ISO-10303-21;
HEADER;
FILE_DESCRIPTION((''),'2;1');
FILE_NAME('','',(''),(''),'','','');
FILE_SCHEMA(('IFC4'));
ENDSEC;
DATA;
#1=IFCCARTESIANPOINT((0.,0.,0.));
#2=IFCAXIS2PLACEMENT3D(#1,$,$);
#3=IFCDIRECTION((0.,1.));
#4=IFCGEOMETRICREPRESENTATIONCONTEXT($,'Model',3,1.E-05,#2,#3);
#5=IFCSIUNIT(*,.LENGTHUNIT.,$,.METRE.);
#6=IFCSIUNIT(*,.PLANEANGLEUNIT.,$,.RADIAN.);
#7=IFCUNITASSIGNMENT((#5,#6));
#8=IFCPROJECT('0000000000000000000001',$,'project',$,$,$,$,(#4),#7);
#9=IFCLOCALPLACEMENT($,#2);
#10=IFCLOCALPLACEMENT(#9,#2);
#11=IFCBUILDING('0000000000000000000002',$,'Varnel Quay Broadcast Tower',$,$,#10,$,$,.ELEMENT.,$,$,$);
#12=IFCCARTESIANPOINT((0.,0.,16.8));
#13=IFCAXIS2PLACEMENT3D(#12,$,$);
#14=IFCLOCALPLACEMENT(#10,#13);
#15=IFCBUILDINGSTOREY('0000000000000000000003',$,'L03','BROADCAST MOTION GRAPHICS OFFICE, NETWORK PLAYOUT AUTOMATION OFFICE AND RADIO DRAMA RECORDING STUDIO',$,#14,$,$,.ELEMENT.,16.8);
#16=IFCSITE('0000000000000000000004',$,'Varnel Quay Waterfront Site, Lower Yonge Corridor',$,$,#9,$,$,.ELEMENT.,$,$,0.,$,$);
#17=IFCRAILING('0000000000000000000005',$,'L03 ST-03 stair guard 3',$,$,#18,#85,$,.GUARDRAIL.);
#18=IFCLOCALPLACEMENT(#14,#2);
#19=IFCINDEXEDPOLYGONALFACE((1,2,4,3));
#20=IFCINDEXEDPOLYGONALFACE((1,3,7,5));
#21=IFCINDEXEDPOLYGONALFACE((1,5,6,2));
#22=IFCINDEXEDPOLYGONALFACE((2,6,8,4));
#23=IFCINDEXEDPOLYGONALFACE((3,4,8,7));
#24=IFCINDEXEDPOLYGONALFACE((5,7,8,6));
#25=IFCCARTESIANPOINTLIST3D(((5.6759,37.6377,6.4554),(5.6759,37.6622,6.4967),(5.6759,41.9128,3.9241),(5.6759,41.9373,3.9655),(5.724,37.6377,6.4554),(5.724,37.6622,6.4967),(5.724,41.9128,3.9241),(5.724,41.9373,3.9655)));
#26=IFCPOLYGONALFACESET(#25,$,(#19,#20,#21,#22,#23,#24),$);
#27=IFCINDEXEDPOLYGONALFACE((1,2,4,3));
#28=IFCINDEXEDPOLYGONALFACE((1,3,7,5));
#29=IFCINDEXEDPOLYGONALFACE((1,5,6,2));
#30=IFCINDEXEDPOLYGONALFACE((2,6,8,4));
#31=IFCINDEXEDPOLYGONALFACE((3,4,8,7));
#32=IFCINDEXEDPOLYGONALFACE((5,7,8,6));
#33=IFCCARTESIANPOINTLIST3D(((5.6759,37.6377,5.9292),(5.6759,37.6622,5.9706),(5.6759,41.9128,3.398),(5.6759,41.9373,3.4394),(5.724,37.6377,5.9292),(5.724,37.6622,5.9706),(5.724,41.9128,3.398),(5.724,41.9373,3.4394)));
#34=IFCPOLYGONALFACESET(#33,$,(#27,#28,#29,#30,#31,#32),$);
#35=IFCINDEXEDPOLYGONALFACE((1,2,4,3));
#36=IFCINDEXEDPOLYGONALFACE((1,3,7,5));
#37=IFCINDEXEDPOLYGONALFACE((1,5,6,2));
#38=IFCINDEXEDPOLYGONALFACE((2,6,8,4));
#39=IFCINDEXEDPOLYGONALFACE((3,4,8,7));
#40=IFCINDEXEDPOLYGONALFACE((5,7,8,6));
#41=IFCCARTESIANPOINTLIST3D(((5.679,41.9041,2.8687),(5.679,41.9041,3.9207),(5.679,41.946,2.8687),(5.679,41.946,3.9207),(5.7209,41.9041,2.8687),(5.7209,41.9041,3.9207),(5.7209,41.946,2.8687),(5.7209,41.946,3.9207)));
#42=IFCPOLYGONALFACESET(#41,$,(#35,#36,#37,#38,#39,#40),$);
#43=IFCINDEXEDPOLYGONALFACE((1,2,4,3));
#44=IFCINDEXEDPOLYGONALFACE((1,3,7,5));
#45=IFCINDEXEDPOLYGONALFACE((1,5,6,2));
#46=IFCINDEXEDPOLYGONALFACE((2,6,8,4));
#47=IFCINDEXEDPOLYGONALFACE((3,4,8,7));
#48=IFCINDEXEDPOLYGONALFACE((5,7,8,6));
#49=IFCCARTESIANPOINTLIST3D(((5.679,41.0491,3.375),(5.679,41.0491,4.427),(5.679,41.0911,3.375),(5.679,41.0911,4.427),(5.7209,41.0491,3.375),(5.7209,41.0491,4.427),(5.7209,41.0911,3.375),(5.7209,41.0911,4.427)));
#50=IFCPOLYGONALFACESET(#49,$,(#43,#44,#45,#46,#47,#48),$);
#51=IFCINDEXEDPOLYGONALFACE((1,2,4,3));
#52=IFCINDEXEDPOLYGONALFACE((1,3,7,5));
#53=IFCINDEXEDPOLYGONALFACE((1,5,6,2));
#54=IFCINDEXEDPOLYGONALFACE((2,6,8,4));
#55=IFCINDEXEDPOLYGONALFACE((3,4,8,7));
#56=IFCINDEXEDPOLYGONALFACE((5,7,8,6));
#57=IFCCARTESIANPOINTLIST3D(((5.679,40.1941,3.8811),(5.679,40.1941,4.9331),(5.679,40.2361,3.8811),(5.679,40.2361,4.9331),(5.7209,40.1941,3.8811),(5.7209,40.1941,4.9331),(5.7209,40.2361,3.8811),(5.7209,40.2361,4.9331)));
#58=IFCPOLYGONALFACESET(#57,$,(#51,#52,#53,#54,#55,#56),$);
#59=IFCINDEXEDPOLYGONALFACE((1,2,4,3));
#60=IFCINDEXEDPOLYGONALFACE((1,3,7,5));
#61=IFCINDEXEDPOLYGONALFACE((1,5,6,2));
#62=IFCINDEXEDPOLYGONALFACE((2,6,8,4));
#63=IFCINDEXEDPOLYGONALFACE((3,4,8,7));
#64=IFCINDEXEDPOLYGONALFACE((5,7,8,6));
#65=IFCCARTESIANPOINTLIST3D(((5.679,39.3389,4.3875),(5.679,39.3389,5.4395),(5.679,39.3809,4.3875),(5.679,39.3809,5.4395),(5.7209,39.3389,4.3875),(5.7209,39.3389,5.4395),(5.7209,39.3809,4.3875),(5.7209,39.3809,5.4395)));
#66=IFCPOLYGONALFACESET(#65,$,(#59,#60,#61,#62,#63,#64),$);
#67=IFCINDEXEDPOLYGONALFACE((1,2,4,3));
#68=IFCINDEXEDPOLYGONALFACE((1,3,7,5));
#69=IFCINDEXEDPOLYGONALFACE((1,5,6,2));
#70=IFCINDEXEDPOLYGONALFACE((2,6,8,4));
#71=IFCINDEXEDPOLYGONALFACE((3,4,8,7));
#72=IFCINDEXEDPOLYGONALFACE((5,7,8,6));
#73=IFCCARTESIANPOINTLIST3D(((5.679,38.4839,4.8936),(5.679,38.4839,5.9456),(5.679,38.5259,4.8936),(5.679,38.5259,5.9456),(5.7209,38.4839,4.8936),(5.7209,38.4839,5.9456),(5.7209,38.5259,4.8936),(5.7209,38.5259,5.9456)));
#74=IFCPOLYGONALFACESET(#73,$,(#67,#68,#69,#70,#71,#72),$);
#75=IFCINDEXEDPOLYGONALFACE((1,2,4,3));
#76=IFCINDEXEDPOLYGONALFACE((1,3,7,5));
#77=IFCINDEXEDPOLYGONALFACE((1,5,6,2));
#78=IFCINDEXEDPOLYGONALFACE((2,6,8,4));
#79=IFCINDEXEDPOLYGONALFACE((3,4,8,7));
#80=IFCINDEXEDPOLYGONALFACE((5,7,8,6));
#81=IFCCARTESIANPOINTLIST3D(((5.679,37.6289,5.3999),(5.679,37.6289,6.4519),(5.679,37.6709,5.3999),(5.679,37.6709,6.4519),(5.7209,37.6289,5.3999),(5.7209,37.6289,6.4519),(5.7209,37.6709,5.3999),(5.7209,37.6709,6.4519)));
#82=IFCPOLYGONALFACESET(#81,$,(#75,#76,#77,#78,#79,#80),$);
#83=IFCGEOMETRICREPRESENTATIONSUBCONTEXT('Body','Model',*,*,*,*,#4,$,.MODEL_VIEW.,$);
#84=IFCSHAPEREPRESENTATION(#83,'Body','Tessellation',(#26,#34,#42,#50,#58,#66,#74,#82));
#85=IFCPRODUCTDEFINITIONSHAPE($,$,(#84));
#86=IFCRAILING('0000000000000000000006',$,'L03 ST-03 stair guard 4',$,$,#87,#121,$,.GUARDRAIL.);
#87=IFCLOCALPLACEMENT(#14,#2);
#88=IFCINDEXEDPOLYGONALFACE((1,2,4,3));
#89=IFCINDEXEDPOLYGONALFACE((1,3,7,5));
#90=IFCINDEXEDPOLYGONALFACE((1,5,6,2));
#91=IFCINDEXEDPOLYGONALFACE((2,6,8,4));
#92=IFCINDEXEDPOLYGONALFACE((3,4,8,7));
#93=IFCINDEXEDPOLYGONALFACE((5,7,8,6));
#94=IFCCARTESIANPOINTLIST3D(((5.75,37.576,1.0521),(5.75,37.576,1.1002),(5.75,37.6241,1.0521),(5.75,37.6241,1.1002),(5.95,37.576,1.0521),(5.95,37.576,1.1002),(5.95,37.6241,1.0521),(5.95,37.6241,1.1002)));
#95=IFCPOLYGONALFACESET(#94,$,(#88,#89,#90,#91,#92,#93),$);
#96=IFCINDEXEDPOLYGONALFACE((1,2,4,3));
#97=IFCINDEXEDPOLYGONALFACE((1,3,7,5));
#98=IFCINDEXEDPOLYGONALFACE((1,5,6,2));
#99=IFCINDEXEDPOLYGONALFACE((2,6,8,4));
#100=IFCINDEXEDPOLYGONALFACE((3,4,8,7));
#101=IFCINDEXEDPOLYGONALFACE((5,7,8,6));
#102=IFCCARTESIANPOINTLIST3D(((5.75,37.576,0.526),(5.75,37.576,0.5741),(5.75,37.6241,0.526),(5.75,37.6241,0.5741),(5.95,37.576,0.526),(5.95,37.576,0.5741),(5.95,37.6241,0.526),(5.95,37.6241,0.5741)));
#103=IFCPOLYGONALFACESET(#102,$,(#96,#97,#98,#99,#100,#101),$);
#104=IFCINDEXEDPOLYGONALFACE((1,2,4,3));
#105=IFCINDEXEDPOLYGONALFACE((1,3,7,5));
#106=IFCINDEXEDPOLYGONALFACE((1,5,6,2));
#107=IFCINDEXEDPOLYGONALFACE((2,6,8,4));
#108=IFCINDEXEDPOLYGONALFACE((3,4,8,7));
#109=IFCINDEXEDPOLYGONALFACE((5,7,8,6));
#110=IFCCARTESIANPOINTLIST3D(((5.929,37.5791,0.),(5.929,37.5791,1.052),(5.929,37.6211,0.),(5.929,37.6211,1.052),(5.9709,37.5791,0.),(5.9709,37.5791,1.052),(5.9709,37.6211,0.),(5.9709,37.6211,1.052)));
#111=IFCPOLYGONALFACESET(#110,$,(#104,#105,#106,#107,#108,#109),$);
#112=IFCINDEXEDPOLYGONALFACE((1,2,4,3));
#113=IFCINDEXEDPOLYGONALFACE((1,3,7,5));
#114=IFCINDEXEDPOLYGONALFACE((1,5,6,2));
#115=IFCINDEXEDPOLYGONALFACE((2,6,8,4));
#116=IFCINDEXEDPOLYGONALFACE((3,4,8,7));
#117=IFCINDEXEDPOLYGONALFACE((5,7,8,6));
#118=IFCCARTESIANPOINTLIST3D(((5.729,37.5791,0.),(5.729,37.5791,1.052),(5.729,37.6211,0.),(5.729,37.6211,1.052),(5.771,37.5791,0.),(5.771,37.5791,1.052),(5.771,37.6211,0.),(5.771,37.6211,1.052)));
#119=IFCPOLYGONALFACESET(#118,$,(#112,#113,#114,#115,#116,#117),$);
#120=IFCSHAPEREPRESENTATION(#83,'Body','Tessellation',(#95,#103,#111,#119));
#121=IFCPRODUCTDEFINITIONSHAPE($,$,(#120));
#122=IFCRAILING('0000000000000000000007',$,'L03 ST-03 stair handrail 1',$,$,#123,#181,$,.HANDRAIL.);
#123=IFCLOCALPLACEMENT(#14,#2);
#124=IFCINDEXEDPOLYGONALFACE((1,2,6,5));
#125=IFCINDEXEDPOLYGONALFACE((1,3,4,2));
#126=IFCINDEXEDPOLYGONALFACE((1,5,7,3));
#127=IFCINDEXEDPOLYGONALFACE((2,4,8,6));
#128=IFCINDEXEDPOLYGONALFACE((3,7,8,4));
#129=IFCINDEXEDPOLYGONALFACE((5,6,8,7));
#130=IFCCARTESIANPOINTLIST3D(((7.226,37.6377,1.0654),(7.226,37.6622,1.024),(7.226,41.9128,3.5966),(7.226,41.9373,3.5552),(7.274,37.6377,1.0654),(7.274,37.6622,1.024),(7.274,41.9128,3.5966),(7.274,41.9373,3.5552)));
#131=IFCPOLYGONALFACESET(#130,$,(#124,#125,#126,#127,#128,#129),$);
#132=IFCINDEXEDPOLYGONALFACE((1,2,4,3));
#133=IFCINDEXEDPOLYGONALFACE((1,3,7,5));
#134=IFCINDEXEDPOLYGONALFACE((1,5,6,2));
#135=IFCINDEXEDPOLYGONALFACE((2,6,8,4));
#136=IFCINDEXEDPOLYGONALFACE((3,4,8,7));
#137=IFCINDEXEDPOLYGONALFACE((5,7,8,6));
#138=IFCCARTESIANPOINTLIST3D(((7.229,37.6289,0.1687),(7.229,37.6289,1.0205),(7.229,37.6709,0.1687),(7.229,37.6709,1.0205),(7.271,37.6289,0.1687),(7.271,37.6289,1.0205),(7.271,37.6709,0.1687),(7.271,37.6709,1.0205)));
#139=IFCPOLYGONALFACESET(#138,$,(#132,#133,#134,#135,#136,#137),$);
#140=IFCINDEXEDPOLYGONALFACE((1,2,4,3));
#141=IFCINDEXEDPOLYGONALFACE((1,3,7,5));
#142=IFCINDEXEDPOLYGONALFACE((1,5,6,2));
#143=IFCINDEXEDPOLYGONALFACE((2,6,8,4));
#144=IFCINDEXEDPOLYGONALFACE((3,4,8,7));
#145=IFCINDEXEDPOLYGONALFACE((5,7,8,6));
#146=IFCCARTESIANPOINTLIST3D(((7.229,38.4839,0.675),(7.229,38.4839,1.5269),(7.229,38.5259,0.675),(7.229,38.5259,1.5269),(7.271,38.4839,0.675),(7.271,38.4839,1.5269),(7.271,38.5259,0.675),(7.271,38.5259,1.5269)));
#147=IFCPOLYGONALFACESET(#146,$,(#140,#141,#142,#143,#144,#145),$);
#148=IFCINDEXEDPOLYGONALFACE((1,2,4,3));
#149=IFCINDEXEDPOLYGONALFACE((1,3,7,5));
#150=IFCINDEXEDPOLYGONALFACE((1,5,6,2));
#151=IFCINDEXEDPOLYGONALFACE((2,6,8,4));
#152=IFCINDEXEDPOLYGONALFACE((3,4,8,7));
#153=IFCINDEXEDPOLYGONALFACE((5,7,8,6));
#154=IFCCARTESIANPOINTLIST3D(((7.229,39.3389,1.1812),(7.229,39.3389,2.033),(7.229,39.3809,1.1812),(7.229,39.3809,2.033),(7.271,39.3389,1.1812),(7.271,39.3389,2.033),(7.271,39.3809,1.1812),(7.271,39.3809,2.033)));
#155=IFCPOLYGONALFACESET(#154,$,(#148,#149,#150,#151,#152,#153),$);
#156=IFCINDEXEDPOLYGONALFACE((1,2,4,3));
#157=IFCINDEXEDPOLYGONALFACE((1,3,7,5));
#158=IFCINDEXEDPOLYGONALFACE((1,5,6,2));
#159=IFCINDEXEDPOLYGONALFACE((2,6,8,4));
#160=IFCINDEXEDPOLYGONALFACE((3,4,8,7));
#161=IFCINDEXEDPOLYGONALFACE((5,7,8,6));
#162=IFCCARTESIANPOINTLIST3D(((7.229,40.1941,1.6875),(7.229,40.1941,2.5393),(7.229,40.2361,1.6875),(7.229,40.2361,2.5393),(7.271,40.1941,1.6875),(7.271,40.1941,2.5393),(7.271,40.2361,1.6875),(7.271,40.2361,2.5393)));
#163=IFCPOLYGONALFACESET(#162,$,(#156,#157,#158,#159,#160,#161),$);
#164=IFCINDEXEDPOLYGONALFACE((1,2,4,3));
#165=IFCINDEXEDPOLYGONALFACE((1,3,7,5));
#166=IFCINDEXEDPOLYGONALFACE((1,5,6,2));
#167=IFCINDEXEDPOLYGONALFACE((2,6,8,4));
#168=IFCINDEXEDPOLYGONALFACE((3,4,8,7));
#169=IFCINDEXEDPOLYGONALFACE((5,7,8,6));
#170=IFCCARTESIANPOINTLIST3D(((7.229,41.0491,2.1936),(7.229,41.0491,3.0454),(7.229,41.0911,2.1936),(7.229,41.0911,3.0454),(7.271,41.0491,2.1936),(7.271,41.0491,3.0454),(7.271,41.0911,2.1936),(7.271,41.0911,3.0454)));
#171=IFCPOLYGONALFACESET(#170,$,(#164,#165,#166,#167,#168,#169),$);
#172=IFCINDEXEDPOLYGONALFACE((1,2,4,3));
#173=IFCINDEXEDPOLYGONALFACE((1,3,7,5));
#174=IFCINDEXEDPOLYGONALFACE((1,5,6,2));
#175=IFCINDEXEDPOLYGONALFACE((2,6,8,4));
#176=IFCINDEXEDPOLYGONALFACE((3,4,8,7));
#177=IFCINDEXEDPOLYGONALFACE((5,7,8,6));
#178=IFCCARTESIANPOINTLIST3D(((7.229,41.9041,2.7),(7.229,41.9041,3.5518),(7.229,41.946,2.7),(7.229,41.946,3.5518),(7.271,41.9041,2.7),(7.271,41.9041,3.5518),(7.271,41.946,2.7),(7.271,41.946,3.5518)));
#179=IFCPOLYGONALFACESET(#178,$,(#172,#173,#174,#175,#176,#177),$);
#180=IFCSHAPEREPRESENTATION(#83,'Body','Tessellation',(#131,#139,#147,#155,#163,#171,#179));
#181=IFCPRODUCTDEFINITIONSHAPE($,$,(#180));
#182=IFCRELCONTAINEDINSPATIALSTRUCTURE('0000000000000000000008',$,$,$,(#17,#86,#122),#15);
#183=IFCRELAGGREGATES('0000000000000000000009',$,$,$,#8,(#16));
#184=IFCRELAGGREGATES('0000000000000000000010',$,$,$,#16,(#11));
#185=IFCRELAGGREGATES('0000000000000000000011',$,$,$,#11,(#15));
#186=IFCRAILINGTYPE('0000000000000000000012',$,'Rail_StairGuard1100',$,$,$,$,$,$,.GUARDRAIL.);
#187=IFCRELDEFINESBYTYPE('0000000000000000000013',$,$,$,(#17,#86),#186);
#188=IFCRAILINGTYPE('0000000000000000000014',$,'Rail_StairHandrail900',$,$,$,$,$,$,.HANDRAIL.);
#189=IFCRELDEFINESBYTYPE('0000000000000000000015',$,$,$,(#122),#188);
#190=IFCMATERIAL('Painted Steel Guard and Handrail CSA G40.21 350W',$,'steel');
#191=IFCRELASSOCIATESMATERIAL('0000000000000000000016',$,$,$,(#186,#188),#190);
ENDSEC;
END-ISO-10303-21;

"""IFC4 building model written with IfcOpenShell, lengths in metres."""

from ifc_helpers import new_model, si_unit, direction, frame, origin, origin_2d, place, context, subcontext, project, spatial, rectangle, extrude, material, type_object, element, save


model = new_model("IFC4")

# Units and contexts
model_context = context("Model", 3, precision=1e-05, world=origin(), true_north=direction((0.0, 1.0)))
body_context = subcontext(model_context, "Body", "Model", "MODEL_VIEW")
ifc_project = project(units=[si_unit("LENGTHUNIT", "METRE"), si_unit("PLANEANGLEUNIT", "RADIAN")], contexts=[model_context])

# Site, building, storey
site_placement = place(None, origin())
site = spatial("IfcSite", under=ifc_project, at=site_placement, Name="Varnel Quay Waterfront Site, Lower Yonge Corridor", CompositionType="ELEMENT", RefElevation=0.0)
building_placement = place(site_placement, origin())
building = spatial("IfcBuilding", under=site, at=building_placement, Name="Varnel Quay Broadcast Tower", CompositionType="ELEMENT")
storey_placement = place(building_placement, frame((0.0, 0.0, 16.8)))
storey = spatial("IfcBuildingStorey", under=building, at=storey_placement, Name="L03", Description="BROADCAST MOTION GRAPHICS OFFICE, NETWORK PLAYOUT AUTOMATION OFFICE AND RADIO DRAMA RECORDING STUDIO", CompositionType="ELEMENT", Elevation=16.8)

# Railings
ifc_material_1 = material(Name="Painted Steel Guard and Handrail CSA G40.21 350W", Category="steel")
railing_type_1 = type_object("IfcRailingType", Name="Rail_StairGuard1100", PredefinedType="GUARDRAIL", material=ifc_material_1)
railing_1_placement = place(storey_placement, frame((5.7, 41.925, 2.8687)))
element("IfcRailing", 1, at=railing_1_placement, inside=storey, type_object=railing_type_1, Name="L03 ST-03 stair guard 3", PredefinedType="GUARDRAIL", context=body_context, shape_type="SweptSolid", body=[
    extrude(rectangle(XDim=0.0481, YDim=0.0481, at=origin_2d()), frame((0.0, 0.0, 1.0762), z_axis=(0.0, -0.860483, 0.509479), x_axis=(1.0, 0.0, 0.0)), (0.0, 0.0, 1.0), 4.9683),
    extrude(rectangle(XDim=0.0481, YDim=0.0481, at=origin_2d()), frame((0.0, 0.0, 0.55), z_axis=(0.0, -0.860483, 0.509479), x_axis=(1.0, 0.0, 0.0)), (0.0, 0.0, 1.0), 4.9683),
    extrude(rectangle(XDim=0.042, YDim=0.042, at=origin_2d()), origin(), (0.0, 0.0, 1.0), 1.052),
    extrude(rectangle(XDim=0.042, YDim=0.042, at=origin_2d()), frame((0.0, -0.855, 0.5063)), (0.0, 0.0, 1.0), 1.052),
    extrude(rectangle(XDim=0.042, YDim=0.042, at=origin_2d()), frame((0.0, -1.71, 1.0125)), (0.0, 0.0, 1.0), 1.052),
    extrude(rectangle(XDim=0.042, YDim=0.042, at=origin_2d()), frame((0.0, -2.5652, 1.5188)), (0.0, 0.0, 1.0), 1.052),
    extrude(rectangle(XDim=0.042, YDim=0.042, at=origin_2d()), frame((0.0, -3.4202, 2.0249)), (0.0, 0.0, 1.0), 1.052),
    extrude(rectangle(XDim=0.042, YDim=0.042, at=origin_2d()), frame((0.0, -4.2751, 2.5312)), (0.0, 0.0, 1.0), 1.052),
])
railing_2_placement = place(storey_placement, frame((5.95, 37.6001, 0.0)))
element("IfcRailing", 2, at=railing_2_placement, inside=storey, type_object=railing_type_1, Name="L03 ST-03 stair guard 4", PredefinedType="GUARDRAIL", context=body_context, shape_type="SweptSolid", body=[
    extrude(rectangle(XDim=0.0481, YDim=0.0481, at=origin_2d()), frame((0.0, 0.0, 1.0762), z_axis=(-1.0, 0.0, 0.0), x_axis=(0.0, -1.0, 0.0)), (0.0, 0.0, 1.0), 0.2),
    extrude(rectangle(XDim=0.0481, YDim=0.0481, at=origin_2d()), frame((0.0, 0.0, 0.55), z_axis=(-1.0, 0.0, 0.0), x_axis=(0.0, -1.0, 0.0)), (0.0, 0.0, 1.0), 0.2),
    extrude(rectangle(XDim=0.042, YDim=0.042, at=origin_2d()), origin(), (0.0, 0.0, 1.0), 1.052),
    extrude(rectangle(XDim=0.042, YDim=0.042, at=origin_2d()), frame((-0.2, 0.0, 0.0)), (0.0, 0.0, 1.0), 1.052),
])
railing_type_2 = type_object("IfcRailingType", Name="Rail_StairHandrail900", PredefinedType="HANDRAIL", material=ifc_material_1)
railing_3_placement = place(storey_placement, frame((7.25, 37.6499, 0.1687)))
element("IfcRailing", 3, at=railing_3_placement, inside=storey, type_object=railing_type_2, Name="L03 ST-03 stair handrail 1", PredefinedType="HANDRAIL", context=body_context, shape_type="SweptSolid", body=[
    extrude(rectangle(XDim=0.0481, YDim=0.0481, at=origin_2d()), frame((0.0, 0.0, 0.876), z_axis=(0.0, 0.860483, 0.509479), x_axis=(-1.0, 0.0, 0.0)), (0.0, 0.0, 1.0), 4.9683),
    extrude(rectangle(XDim=0.042, YDim=0.042, at=origin_2d()), origin(), (0.0, 0.0, 1.0), 0.8518),
    extrude(rectangle(XDim=0.042, YDim=0.042, at=origin_2d()), frame((0.0, 0.855, 0.5063)), (0.0, 0.0, 1.0), 0.8518),
    extrude(rectangle(XDim=0.042, YDim=0.042, at=origin_2d()), frame((0.0, 1.71, 1.0125)), (0.0, 0.0, 1.0), 0.8518),
    extrude(rectangle(XDim=0.042, YDim=0.042, at=origin_2d()), frame((0.0, 2.5652, 1.5188)), (0.0, 0.0, 1.0), 0.8518),
    extrude(rectangle(XDim=0.042, YDim=0.042, at=origin_2d()), frame((0.0, 3.4202, 2.0249)), (0.0, 0.0, 1.0), 0.8518),
    extrude(rectangle(XDim=0.042, YDim=0.042, at=origin_2d()), frame((0.0, 4.2751, 2.5312)), (0.0, 0.0, 1.0), 0.8518),
])

save(model, "model.ifc")
